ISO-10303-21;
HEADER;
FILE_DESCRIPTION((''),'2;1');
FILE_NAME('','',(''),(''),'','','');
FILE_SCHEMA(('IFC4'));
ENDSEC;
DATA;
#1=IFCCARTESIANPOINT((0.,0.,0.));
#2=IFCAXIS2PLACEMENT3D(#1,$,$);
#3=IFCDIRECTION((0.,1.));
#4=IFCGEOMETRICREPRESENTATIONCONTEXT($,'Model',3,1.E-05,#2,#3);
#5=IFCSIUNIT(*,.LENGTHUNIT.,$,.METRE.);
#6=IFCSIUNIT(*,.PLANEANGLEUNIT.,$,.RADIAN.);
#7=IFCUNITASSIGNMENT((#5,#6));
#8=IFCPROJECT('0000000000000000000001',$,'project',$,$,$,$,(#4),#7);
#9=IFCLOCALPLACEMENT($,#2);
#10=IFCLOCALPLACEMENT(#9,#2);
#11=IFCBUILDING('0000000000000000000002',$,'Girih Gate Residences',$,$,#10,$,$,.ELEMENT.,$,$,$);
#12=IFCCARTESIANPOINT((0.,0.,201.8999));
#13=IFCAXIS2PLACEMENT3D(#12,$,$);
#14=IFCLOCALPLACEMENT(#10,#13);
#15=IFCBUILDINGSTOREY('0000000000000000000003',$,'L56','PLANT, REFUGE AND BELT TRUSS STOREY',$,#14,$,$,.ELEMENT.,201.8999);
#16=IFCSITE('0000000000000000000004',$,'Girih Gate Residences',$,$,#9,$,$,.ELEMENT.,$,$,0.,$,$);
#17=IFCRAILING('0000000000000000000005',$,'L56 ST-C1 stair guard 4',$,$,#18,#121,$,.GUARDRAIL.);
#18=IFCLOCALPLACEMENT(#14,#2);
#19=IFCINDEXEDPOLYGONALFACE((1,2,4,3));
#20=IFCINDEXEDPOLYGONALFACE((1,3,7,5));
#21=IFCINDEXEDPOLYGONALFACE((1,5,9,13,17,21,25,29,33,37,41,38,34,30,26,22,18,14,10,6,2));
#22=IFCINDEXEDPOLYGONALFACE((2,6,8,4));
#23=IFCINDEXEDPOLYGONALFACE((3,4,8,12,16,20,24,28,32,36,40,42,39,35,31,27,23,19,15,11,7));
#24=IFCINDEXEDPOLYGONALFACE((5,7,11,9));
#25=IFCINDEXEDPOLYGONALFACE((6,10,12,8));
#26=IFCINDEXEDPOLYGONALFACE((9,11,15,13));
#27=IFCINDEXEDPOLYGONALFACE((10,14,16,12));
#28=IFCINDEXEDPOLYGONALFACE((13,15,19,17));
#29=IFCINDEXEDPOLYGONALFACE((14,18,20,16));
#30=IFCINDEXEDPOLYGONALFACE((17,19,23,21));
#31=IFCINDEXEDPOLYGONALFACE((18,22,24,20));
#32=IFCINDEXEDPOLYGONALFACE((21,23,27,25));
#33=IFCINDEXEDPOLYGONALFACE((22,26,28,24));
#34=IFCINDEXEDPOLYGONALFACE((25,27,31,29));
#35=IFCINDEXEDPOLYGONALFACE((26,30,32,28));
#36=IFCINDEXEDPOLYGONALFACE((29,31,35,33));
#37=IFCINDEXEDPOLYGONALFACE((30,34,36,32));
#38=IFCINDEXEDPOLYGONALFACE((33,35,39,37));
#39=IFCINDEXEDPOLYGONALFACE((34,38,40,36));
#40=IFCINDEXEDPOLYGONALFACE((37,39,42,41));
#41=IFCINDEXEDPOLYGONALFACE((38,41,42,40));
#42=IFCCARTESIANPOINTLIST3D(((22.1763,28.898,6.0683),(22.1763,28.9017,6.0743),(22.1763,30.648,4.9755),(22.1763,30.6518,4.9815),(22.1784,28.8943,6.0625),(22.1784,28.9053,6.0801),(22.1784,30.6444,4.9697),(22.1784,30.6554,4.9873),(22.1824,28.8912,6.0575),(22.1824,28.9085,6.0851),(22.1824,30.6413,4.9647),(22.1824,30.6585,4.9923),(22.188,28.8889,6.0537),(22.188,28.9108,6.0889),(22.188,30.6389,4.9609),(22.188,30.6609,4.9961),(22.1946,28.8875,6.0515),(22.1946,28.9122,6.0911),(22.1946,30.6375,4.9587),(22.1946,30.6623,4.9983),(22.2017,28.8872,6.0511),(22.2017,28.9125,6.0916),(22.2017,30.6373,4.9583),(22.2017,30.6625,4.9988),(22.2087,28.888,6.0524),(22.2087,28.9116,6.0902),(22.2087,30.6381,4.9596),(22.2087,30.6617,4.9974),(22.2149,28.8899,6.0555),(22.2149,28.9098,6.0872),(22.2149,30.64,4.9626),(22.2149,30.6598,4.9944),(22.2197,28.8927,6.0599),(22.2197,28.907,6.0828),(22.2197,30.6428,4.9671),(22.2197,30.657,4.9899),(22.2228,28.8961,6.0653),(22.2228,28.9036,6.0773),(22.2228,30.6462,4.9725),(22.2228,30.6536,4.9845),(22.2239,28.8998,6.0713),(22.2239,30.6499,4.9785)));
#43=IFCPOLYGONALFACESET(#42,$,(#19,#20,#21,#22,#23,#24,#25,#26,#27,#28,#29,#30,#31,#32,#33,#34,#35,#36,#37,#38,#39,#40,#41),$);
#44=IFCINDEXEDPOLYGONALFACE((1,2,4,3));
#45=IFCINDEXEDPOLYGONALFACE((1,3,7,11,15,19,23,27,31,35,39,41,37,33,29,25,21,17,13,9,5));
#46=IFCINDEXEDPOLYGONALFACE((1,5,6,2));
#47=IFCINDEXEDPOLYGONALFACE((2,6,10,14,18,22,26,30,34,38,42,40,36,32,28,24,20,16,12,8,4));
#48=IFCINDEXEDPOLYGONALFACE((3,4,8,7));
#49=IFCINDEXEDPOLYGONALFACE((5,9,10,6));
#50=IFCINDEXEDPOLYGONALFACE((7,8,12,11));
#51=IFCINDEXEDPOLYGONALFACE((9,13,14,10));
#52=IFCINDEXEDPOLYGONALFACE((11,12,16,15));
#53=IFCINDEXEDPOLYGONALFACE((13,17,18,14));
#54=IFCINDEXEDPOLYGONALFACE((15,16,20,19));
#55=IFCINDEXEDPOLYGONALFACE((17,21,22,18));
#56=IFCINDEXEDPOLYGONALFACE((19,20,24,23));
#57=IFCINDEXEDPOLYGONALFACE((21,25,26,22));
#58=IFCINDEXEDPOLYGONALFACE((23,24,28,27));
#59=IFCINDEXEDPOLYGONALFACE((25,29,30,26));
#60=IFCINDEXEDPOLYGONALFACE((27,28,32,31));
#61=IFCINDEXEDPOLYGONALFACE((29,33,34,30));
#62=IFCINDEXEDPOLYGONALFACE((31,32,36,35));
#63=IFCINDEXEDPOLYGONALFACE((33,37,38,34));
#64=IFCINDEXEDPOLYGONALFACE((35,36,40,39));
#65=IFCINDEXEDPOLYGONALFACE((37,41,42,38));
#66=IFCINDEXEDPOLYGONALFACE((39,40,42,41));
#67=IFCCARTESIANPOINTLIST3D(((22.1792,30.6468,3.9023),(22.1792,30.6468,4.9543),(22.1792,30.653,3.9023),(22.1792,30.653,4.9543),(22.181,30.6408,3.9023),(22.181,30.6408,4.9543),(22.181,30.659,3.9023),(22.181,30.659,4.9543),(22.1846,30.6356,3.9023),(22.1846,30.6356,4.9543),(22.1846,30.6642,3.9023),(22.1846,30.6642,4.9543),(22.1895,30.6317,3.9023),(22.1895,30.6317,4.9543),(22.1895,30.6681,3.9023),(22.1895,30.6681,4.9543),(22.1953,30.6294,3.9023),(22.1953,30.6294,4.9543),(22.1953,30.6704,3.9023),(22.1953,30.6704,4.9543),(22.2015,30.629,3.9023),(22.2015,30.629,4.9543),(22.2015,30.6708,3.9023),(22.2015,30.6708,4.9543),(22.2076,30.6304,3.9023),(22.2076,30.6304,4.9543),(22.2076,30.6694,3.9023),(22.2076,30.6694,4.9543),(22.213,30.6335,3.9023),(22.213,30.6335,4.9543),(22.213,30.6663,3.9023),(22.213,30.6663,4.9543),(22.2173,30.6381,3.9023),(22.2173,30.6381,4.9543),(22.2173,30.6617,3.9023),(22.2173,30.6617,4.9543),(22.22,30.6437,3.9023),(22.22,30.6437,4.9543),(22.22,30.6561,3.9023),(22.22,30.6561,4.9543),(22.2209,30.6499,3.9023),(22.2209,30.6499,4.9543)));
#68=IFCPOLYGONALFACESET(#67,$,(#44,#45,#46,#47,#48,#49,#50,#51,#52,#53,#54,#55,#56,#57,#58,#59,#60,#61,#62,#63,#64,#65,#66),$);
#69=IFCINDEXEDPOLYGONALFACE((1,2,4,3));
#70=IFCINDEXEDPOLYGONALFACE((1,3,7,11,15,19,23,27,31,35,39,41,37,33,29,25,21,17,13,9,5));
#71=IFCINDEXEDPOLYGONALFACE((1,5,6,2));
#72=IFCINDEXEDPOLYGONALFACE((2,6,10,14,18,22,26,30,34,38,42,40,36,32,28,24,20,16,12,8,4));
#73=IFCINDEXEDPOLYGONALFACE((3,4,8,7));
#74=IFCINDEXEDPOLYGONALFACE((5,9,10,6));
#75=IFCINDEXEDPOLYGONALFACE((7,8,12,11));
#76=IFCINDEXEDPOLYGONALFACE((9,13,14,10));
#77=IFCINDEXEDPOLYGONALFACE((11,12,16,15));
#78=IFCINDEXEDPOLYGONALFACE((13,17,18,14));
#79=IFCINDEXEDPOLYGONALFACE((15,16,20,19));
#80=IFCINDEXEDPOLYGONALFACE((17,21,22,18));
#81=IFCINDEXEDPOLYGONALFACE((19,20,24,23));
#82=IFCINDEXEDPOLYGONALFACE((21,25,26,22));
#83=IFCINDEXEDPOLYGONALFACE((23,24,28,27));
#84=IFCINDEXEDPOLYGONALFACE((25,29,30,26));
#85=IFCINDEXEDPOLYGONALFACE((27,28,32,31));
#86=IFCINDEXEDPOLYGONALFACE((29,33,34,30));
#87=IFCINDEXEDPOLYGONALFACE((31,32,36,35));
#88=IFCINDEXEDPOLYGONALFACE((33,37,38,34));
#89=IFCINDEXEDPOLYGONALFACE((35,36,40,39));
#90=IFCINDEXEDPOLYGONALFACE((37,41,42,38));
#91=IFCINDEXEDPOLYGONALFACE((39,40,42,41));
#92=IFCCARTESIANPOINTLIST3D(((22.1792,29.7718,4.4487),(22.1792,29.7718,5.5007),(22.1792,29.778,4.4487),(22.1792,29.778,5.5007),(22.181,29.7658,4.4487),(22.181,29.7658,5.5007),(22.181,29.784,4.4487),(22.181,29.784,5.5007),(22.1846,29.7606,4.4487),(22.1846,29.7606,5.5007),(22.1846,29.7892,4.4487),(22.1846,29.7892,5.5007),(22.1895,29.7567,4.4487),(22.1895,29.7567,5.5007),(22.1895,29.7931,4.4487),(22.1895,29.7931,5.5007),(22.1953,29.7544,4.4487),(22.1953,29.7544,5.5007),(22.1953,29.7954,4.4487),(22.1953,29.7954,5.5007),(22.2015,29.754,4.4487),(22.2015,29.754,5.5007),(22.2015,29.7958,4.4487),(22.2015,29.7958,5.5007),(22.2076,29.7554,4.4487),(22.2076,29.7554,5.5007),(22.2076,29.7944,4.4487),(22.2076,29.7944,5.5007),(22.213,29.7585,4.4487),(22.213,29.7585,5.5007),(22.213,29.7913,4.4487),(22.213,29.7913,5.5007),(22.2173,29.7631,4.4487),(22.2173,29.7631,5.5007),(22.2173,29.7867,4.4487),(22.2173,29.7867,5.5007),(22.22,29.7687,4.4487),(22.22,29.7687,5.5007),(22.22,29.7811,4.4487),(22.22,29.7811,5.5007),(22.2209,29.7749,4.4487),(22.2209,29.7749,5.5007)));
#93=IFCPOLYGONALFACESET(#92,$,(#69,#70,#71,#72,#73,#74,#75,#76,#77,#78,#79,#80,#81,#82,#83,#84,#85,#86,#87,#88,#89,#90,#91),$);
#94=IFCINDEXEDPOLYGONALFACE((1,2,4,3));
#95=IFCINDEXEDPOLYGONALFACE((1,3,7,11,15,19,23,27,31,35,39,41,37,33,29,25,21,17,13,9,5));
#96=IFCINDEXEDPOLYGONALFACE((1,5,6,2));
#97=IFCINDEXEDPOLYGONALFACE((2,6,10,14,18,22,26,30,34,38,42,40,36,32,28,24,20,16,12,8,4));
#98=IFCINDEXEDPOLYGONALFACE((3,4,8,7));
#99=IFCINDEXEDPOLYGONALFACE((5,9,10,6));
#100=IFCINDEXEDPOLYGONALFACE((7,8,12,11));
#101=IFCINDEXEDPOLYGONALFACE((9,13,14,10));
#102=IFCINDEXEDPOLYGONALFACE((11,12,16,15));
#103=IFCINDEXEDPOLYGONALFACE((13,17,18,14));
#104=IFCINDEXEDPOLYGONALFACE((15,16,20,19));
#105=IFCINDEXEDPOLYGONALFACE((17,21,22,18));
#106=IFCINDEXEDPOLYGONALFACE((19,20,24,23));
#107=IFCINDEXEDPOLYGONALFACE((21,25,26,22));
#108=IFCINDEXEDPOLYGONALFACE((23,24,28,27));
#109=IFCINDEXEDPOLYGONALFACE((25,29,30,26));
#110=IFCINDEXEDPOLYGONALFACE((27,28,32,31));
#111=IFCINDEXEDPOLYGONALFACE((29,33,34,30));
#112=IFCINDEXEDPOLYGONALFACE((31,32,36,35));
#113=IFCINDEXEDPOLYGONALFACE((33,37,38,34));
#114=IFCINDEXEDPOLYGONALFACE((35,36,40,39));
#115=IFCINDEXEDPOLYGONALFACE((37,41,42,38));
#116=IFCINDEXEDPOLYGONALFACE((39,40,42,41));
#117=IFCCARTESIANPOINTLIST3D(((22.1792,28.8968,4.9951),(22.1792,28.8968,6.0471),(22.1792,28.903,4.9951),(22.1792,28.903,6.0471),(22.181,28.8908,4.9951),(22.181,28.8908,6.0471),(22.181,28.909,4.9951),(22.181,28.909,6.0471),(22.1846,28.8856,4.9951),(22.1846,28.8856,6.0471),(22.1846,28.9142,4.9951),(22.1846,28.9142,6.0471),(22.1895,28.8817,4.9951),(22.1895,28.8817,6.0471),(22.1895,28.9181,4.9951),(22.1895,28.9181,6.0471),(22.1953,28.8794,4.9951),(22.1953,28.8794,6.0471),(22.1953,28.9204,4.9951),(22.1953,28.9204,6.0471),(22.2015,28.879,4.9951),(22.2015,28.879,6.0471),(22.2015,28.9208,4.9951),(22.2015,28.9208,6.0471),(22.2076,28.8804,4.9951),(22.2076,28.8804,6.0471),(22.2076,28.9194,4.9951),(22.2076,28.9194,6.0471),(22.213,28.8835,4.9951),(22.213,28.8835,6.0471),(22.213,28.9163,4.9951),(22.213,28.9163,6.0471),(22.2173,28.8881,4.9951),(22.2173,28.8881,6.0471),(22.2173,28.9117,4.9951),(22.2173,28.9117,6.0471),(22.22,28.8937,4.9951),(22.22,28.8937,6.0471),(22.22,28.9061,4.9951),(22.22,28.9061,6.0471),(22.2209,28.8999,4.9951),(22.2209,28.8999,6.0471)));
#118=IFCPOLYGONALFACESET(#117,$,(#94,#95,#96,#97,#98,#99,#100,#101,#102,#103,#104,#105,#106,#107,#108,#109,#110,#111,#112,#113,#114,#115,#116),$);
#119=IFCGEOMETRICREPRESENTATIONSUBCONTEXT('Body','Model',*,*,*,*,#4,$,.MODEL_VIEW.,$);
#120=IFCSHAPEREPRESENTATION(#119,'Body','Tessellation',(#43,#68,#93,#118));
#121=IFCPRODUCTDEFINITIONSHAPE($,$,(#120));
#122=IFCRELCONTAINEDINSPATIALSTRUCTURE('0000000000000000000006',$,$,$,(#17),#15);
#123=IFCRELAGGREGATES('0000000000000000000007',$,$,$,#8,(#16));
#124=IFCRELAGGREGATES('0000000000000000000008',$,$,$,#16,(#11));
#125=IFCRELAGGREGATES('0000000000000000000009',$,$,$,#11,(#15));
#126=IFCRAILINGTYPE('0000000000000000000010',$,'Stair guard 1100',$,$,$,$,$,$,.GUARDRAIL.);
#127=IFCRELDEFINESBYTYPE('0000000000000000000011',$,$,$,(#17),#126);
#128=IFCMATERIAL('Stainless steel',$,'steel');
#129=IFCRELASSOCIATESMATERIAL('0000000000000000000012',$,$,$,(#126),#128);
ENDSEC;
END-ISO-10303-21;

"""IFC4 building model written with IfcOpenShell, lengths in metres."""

from ifc_helpers import new_model, si_unit, direction, frame, origin, origin_2d, place, context, subcontext, project, spatial, circle, extrude, material, type_object, element, save


model = new_model("IFC4")

# Units and contexts
model_context = context("Model", 3, precision=1e-05, world=origin(), true_north=direction((0.0, 1.0)))
body_context = subcontext(model_context, "Body", "Model", "MODEL_VIEW")
ifc_project = project(units=[si_unit("LENGTHUNIT", "METRE"), si_unit("PLANEANGLEUNIT", "RADIAN")], contexts=[model_context])

# Site, building, storey
site_placement = place(None, origin())
site = spatial("IfcSite", under=ifc_project, at=site_placement, Name="Girih Gate Residences", CompositionType="ELEMENT", RefElevation=0.0)
building_placement = place(site_placement, origin())
building = spatial("IfcBuilding", under=site, at=building_placement, Name="Girih Gate Residences", CompositionType="ELEMENT")
storey_placement = place(building_placement, frame((0.0, 0.0, 201.8999)))
storey = spatial("IfcBuildingStorey", under=building, at=storey_placement, Name="L56", Description="PLANT, REFUGE AND BELT TRUSS STOREY", CompositionType="ELEMENT", Elevation=201.8999)

# Railing
ifc_material_1 = material(Name="Stainless steel", Category="steel")
railing_type_1 = type_object("IfcRailingType", Name="Stair guard 1100", PredefinedType="GUARDRAIL", material=ifc_material_1)
railing_1_placement = place(storey_placement, frame((22.2, 30.6499, 3.9023)))
element("IfcRailing", 1, at=railing_1_placement, inside=storey, type_object=railing_type_1, Name="L56 ST-C1 stair guard 4", PredefinedType="GUARDRAIL", context=body_context, shape_type="SweptSolid", body=[
    extrude(circle(Radius=0.0239, at=origin_2d()), frame((0.0, 0.0, 1.0762), z_axis=(0.0, -0.848211, 0.529659), x_axis=(1.0, 0.0, 0.0)), (0.0, 0.0, 1.0), 2.0632),
    extrude(circle(Radius=0.021, at=origin_2d()), origin(), (0.0, 0.0, 1.0), 1.052),
    extrude(circle(Radius=0.021, at=origin_2d()), frame((0.0, -0.875, 0.5464)), (0.0, 0.0, 1.0), 1.052),
    extrude(circle(Radius=0.021, at=origin_2d()), frame((0.0, -1.75, 1.0928)), (0.0, 0.0, 1.0), 1.052),
])

save(model, "model.ifc")
